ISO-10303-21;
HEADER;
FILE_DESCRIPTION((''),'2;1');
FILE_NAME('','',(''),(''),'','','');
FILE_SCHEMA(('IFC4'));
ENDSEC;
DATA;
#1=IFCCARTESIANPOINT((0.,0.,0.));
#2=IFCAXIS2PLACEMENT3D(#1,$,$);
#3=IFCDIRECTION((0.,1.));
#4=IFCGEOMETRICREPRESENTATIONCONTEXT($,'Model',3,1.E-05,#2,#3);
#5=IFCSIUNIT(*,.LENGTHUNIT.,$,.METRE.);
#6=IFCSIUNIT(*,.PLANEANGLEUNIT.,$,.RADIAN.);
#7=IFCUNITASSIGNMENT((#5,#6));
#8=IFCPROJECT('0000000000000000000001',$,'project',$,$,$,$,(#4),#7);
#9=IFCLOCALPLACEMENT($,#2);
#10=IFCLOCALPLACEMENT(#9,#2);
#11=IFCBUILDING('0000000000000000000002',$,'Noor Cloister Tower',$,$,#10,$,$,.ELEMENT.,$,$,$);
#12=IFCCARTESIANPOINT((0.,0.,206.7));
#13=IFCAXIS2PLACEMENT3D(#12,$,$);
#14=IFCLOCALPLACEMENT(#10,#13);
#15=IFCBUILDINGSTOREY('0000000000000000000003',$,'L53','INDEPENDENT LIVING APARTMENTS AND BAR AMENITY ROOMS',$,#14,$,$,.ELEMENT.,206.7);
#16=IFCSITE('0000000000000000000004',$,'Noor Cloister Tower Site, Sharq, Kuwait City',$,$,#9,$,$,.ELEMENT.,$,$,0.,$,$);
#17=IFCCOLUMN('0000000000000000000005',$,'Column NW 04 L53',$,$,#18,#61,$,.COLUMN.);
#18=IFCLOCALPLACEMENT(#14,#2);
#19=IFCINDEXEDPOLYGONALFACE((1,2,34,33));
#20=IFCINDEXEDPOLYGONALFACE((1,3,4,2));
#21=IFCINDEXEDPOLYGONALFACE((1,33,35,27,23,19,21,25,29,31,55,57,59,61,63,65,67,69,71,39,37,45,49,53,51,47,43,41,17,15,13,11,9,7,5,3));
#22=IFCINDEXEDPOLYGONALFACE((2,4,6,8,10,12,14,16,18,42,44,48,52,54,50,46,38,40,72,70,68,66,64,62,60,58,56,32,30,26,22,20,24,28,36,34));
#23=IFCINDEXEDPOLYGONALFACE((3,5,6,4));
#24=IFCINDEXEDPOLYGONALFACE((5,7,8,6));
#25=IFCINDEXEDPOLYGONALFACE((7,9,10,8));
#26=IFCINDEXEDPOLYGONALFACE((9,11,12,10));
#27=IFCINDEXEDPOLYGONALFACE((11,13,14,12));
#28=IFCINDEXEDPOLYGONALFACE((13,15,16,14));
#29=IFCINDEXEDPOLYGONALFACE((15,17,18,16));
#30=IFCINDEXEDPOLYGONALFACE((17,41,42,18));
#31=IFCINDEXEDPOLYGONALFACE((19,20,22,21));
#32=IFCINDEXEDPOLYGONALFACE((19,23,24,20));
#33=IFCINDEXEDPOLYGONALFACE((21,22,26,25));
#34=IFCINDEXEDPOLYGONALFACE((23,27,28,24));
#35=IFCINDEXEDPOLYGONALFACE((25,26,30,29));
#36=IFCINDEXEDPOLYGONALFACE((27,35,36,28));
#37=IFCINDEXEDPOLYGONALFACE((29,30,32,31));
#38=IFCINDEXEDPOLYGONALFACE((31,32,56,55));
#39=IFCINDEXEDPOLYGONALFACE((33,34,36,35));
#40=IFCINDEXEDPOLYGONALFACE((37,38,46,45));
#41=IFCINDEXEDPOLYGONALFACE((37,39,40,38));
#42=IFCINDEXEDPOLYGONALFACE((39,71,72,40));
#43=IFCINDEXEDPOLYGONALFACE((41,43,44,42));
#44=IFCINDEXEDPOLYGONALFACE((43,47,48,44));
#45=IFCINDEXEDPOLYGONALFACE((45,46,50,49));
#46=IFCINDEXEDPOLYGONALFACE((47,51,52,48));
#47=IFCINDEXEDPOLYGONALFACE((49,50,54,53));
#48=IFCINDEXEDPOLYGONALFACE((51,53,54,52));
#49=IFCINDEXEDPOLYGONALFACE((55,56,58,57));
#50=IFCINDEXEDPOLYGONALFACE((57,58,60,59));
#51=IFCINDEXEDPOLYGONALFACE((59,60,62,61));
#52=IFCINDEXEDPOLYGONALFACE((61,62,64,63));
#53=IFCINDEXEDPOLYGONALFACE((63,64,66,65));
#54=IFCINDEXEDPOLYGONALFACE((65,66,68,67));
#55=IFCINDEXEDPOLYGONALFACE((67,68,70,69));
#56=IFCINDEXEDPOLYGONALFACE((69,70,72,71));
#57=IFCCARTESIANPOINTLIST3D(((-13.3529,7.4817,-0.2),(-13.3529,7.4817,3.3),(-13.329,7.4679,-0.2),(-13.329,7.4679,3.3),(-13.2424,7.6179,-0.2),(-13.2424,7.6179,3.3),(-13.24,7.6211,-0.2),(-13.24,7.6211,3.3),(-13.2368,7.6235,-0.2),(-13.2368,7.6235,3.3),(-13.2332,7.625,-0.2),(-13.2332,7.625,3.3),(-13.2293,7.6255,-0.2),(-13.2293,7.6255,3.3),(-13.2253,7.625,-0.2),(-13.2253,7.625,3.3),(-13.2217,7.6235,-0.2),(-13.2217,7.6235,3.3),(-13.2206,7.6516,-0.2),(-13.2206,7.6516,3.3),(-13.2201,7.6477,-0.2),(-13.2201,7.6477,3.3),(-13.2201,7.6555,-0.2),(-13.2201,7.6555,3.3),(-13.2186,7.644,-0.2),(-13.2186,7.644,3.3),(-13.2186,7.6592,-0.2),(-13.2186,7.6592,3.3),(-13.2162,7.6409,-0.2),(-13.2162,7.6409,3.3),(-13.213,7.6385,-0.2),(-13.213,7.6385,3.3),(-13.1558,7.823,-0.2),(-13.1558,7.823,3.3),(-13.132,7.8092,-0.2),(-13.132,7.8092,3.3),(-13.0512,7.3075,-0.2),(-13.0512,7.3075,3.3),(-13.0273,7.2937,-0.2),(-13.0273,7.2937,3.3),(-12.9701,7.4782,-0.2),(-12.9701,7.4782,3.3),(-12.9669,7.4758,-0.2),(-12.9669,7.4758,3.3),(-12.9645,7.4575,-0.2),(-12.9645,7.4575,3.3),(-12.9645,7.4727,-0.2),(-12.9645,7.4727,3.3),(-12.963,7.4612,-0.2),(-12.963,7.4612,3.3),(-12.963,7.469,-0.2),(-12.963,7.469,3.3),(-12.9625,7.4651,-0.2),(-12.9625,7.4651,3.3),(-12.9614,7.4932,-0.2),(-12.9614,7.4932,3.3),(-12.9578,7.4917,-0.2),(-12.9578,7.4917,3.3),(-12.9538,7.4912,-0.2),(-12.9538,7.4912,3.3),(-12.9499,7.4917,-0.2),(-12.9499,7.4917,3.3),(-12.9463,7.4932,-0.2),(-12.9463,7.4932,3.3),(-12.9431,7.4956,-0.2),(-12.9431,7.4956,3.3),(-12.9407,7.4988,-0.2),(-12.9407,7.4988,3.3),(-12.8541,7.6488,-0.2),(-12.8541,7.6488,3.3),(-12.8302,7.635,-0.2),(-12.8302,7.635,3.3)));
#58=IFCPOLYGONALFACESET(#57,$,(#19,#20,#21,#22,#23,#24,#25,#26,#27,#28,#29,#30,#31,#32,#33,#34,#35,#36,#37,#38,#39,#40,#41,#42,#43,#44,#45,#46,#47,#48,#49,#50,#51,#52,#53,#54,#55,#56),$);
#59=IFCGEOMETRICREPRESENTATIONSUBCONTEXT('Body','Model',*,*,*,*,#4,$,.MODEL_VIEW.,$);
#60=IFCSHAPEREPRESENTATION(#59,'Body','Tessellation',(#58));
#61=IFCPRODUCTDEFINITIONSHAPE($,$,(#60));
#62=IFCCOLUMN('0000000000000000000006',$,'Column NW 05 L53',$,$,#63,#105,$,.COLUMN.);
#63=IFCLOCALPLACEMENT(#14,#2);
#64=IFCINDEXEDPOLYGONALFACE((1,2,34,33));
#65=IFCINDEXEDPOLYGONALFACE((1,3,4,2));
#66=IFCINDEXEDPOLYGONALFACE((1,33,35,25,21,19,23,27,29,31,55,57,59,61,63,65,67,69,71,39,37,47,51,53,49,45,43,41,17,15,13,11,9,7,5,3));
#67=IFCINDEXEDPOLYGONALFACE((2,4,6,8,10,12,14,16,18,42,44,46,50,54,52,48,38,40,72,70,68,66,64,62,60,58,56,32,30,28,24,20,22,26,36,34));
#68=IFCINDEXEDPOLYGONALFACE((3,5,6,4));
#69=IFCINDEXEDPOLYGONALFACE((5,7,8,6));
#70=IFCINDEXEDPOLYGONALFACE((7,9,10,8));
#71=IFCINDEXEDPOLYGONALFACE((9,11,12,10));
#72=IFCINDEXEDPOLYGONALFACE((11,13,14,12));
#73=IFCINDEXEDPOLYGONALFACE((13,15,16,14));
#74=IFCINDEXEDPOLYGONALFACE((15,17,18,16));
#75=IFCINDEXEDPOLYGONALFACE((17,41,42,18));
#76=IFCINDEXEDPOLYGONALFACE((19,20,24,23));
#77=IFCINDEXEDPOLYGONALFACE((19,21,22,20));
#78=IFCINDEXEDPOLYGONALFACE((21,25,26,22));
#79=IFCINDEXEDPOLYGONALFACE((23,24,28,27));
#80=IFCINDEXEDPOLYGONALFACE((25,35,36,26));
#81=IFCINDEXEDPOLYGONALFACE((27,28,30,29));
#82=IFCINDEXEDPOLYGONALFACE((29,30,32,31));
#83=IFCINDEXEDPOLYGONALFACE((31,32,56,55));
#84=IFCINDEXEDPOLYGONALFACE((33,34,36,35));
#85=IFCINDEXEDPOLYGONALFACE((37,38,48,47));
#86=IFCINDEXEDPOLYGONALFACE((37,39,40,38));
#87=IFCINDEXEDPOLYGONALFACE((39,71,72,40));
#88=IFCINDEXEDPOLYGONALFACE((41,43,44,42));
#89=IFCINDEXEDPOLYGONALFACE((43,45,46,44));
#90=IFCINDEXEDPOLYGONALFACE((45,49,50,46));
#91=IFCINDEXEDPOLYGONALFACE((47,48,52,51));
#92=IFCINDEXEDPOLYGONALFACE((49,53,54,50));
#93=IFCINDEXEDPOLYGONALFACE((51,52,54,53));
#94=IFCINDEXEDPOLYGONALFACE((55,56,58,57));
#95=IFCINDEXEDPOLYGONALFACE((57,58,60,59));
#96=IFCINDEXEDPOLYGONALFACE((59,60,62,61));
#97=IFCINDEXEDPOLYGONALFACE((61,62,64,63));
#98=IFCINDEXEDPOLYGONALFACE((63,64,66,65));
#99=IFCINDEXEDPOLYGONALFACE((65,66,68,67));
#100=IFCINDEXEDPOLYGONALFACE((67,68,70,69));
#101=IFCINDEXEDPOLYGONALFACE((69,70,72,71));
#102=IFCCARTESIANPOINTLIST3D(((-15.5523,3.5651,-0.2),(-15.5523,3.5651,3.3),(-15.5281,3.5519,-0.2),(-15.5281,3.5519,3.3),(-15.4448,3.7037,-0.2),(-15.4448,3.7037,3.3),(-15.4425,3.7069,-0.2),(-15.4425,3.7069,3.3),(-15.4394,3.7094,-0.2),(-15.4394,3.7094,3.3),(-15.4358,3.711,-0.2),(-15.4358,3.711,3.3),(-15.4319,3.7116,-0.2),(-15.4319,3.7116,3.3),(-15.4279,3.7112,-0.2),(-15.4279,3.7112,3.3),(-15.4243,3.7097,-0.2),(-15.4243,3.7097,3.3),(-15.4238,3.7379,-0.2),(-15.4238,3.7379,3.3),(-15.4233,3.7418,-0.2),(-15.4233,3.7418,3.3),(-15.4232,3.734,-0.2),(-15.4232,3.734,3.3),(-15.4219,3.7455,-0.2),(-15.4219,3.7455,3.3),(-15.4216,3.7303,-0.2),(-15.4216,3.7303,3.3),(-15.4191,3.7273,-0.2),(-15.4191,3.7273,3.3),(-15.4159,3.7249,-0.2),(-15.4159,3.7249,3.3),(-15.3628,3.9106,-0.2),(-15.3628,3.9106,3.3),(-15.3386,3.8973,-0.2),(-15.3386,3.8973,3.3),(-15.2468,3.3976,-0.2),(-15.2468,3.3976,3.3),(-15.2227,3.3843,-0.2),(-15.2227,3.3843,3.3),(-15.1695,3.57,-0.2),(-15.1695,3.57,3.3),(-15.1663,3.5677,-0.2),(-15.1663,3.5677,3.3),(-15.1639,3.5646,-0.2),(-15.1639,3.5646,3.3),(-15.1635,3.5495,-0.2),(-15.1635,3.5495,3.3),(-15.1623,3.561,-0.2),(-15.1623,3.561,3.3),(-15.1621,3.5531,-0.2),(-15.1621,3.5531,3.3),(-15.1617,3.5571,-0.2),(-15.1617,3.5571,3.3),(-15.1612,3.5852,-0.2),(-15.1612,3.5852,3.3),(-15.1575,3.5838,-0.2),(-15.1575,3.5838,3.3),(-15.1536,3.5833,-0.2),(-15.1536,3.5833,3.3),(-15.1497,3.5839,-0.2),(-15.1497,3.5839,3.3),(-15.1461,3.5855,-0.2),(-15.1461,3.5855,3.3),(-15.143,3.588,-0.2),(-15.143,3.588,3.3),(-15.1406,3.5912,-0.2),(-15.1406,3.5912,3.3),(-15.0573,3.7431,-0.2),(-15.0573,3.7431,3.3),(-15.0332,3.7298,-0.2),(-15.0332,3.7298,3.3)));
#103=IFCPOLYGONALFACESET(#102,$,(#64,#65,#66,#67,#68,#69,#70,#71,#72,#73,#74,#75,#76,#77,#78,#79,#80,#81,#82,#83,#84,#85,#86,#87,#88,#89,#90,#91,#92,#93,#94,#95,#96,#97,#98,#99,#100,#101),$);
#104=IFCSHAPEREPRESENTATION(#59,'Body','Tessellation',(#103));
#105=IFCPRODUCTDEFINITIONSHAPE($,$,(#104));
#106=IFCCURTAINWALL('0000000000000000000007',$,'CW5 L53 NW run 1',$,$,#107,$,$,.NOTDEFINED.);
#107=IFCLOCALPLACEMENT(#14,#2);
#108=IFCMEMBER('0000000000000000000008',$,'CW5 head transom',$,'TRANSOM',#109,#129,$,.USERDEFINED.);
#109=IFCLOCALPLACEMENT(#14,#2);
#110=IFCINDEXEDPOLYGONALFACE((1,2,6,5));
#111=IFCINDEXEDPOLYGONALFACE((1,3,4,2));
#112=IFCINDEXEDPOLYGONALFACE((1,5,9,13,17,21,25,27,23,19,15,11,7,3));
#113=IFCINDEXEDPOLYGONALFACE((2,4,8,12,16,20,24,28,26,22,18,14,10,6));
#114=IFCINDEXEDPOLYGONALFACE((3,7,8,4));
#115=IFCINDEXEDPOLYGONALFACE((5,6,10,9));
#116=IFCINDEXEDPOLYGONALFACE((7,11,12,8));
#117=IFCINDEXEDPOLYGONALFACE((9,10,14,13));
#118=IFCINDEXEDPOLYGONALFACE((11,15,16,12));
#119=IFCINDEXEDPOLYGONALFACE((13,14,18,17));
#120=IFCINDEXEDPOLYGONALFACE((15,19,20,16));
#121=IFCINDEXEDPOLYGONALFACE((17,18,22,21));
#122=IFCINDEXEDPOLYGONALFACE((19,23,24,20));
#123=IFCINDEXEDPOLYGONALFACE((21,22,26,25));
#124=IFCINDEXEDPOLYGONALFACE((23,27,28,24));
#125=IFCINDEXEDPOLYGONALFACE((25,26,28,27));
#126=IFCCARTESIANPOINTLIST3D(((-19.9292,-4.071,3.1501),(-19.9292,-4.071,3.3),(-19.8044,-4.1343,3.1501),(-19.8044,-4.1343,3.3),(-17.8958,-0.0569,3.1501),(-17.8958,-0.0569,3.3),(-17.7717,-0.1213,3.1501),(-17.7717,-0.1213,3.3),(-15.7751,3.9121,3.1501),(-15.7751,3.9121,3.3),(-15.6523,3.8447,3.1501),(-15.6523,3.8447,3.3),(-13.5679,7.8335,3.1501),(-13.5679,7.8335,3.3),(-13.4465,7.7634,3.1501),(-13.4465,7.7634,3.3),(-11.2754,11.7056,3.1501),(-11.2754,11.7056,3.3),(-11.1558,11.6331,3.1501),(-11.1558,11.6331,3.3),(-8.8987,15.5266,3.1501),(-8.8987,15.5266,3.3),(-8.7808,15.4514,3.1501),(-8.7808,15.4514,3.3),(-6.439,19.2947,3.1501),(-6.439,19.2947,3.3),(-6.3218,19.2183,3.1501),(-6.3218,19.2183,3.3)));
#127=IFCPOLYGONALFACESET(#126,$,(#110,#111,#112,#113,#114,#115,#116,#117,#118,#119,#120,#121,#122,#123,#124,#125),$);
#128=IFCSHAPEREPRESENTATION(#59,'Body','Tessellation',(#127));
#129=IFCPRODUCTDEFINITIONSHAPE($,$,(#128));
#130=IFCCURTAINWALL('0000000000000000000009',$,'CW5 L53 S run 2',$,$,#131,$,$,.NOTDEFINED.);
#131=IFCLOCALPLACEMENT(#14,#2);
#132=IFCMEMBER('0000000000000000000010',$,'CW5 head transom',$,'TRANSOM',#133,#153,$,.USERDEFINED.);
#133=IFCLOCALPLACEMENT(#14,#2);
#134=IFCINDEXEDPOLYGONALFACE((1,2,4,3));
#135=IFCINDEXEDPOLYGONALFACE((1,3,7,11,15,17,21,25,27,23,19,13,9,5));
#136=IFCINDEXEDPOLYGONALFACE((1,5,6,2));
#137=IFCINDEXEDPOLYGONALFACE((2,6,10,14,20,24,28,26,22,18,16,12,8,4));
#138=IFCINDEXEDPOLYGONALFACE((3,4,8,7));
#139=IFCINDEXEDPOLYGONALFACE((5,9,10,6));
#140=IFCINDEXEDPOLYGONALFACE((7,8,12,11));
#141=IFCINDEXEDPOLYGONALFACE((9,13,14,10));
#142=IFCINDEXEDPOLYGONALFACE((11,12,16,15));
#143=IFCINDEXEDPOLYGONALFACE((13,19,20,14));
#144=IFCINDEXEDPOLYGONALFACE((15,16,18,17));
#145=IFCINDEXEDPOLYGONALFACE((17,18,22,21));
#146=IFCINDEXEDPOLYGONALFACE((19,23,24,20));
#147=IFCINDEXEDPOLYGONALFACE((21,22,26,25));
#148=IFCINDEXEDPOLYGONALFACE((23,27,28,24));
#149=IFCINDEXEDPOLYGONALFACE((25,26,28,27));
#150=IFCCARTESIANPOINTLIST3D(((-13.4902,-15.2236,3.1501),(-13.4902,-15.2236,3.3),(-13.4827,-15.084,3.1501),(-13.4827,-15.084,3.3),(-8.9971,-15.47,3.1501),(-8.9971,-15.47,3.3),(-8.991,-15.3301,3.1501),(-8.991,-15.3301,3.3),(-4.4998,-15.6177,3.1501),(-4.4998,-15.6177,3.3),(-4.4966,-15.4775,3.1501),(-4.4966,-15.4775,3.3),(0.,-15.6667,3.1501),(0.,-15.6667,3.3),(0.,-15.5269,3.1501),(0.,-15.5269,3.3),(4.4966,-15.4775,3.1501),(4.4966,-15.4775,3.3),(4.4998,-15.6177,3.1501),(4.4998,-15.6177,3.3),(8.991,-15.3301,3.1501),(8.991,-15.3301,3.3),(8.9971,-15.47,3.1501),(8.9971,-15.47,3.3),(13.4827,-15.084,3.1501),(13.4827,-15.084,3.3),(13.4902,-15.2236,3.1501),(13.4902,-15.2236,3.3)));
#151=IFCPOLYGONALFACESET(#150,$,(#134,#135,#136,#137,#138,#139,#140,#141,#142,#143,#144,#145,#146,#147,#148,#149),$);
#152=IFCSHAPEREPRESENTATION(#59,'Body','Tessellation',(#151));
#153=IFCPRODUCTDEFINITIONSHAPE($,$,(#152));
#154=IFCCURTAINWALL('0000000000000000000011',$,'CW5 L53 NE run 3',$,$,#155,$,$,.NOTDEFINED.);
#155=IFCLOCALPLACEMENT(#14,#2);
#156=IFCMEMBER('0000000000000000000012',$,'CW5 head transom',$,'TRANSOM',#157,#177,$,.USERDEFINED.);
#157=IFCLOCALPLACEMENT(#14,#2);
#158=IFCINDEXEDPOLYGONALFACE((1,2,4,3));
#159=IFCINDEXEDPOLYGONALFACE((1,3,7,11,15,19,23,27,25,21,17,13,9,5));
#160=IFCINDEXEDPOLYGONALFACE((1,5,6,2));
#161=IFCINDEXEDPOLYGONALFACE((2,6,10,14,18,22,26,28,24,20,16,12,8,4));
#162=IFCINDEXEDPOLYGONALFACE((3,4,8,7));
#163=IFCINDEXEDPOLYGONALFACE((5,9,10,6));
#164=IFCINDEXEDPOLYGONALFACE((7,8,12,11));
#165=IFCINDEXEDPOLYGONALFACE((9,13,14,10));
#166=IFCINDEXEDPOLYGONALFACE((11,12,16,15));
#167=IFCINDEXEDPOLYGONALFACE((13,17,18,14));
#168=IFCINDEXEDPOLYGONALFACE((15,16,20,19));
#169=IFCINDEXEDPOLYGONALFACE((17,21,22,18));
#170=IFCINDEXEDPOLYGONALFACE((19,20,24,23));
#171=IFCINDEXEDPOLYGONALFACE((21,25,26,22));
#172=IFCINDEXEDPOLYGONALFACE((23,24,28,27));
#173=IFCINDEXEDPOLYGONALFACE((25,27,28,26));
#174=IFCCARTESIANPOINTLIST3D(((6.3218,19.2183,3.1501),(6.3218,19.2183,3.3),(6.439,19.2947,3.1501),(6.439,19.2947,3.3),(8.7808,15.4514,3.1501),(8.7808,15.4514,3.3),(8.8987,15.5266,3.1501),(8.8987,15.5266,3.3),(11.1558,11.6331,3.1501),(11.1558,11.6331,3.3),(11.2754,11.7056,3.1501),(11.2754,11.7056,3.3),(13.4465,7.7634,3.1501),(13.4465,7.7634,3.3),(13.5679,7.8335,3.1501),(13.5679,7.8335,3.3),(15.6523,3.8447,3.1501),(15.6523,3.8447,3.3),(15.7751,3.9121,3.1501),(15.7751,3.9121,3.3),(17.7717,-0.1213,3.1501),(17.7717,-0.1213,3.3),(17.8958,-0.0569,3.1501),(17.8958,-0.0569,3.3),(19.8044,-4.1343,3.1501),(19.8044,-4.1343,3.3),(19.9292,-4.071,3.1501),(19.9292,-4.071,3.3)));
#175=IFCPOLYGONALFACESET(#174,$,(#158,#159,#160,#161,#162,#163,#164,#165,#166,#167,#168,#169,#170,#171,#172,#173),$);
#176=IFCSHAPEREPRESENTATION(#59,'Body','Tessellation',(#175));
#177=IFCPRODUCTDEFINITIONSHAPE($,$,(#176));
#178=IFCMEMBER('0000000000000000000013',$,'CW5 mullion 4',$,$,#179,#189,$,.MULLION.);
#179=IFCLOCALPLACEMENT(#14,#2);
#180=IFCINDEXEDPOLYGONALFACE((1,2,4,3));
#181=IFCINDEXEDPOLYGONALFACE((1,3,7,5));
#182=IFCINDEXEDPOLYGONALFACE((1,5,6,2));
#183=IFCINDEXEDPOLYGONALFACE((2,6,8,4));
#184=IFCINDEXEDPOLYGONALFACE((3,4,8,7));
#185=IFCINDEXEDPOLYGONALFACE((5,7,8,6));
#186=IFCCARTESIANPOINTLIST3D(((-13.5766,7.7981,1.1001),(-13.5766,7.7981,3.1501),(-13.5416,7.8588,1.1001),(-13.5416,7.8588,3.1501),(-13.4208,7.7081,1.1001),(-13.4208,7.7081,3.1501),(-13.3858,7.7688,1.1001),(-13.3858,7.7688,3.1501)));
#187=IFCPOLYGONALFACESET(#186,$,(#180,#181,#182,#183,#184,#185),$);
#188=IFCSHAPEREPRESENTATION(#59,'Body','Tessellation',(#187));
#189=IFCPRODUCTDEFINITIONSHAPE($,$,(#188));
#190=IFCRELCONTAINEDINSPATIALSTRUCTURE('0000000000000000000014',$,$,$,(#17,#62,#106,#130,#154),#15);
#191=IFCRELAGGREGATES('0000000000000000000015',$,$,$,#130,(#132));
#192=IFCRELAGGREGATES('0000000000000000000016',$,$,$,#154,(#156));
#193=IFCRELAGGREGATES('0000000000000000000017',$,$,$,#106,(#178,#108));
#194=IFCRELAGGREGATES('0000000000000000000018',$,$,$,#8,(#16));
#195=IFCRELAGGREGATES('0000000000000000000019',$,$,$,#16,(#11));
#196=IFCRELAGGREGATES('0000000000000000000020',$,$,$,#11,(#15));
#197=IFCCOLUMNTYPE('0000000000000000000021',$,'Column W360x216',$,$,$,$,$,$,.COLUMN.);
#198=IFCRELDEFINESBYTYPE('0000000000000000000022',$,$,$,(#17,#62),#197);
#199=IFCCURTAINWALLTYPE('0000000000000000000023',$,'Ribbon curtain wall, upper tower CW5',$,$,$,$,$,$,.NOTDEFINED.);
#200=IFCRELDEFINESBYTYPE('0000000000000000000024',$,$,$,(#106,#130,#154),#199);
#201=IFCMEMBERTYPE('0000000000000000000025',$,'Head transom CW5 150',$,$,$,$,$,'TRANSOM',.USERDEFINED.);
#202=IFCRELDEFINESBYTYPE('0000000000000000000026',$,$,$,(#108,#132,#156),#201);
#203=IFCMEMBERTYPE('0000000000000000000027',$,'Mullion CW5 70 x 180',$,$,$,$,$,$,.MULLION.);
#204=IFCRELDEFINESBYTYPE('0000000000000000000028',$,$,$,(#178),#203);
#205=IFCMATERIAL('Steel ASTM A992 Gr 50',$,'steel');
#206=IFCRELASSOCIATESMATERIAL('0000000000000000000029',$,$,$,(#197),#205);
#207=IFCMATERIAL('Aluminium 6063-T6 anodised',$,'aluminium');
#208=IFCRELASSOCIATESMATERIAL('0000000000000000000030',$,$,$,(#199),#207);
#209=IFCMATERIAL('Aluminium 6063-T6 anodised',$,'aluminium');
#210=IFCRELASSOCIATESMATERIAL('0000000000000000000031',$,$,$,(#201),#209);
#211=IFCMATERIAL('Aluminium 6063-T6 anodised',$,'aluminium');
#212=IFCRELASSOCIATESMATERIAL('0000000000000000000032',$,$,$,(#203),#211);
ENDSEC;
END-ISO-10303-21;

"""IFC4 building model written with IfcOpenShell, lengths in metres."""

from ifc_helpers import new_model, si_unit, direction, frame, origin, origin_2d, place, context, subcontext, project, spatial, polyline, rectangle, i_section, outline, extrude, material, material_profile, profile_set, type_object, element, aggregate, save


model = new_model("IFC4")

# Units and contexts
model_context = context("Model", 3, precision=1e-05, world=origin(), true_north=direction((0.0, 1.0)))
body_context = subcontext(model_context, "Body", "Model", "MODEL_VIEW")
ifc_project = project(units=[si_unit("LENGTHUNIT", "METRE"), si_unit("PLANEANGLEUNIT", "RADIAN")], contexts=[model_context])

# Site, building, storey
site_placement = place(None, origin())
site = spatial("IfcSite", under=ifc_project, at=site_placement, Name="Noor Cloister Tower Site, Sharq, Kuwait City", CompositionType="ELEMENT", RefElevation=0.0)
building_placement = place(site_placement, origin())
building = spatial("IfcBuilding", under=site, at=building_placement, Name="Noor Cloister Tower", CompositionType="ELEMENT")
storey_placement = place(building_placement, frame((0.0, 0.0, 206.7)))
storey = spatial("IfcBuildingStorey", under=building, at=storey_placement, Name="L53", Description="INDEPENDENT LIVING APARTMENTS AND BAR AMENITY ROOMS", CompositionType="ELEMENT", Elevation=206.7)

# Columns
ifc_material_1 = material(Name="Steel ASTM A992 Gr 50", Category="steel")
ifc_material_profile_1 = material_profile(ifc_material_1, i_section(OverallWidth=0.394, OverallDepth=0.376, WebThickness=0.0173, FlangeThickness=0.0276, FilletRadius=0.0151, at=origin_2d()), Name="W360x216")
ifc_profile_set_1 = profile_set([ifc_material_profile_1], Name="Steel ASTM A992 Gr 50")
column_type = type_object("IfcColumnType", Name="Column W360x216", PredefinedType="COLUMN", material=ifc_profile_set_1)
for number, where, z_axis, x_axis, name in (
    (1, (-13.0916, 7.5583, -0.2), (0.0, 0.0, 1.0), (-0.5, -0.866025, 0.0), "Column NW 04 L53"),
    (2, (-15.2927, 3.6475, -0.2), (0.0, 0.0, 1.0), (-0.480923, -0.876763, 0.0), "Column NW 05 L53"),
):
    element("IfcColumn", number, at=place(storey_placement, frame(where, z_axis=z_axis, x_axis=x_axis)), inside=storey, type_object=column_type, Name=name, PredefinedType="COLUMN", context=body_context, shape_type="SweptSolid", body=[
        extrude(i_section(OverallWidth=0.394, OverallDepth=0.376, WebThickness=0.0173, FlangeThickness=0.0276, FilletRadius=0.0151, at=origin_2d()), origin(), (0.0, 0.0, 1.0), 3.5),
    ])

# Curtain walls, members
ifc_material_2 = material(Name="Aluminium 6063-T6 anodised", Category="aluminium")
curtain_wall_type = type_object("IfcCurtainWallType", Name="Ribbon curtain wall, upper tower CW5", PredefinedType="NOTDEFINED", material=ifc_material_2)
curtain_wall_1_placement = place(storey_placement, origin())
curtain_wall_1 = element("IfcCurtainWall", 3, at=curtain_wall_1_placement, inside=storey, type_object=curtain_wall_type, Name="CW5 L53 NW run 1", PredefinedType="NOTDEFINED")
ifc_material_3 = material(Name="Aluminium 6063-T6 anodised", Category="aluminium")
member_type_1 = type_object("IfcMemberType", Name="Head transom CW5 150", ElementType="TRANSOM", PredefinedType="USERDEFINED", material=ifc_material_3)
member_1_placement = place(storey_placement, frame((0.0, 0.0, 3.1501)))
member_1 = element("IfcMember", 4, at=member_1_placement, type_object=member_type_1, Name="CW5 head transom", ObjectType="TRANSOM", PredefinedType="USERDEFINED", context=body_context, shape_type="SweptSolid", body=[
    extrude(outline(polyline([(-6.439, 19.2947), (-8.8987, 15.5266), (-11.2754, 11.7056), (-13.5679, 7.8335), (-15.7751, 3.9121), (-17.8958, -0.0569), (-19.9292, -4.071), (-19.8044, -4.1343), (-17.7717, -0.1213), (-15.6523, 3.8447), (-13.4465, 7.7634), (-11.1558, 11.6331), (-8.7808, 15.4514), (-6.3218, 19.2183), (-6.439, 19.2947)])), origin(), (0.0, 0.0, 1.0), 0.1499),
])
curtain_wall_2_placement = place(storey_placement, origin())
curtain_wall_2 = element("IfcCurtainWall", 5, at=curtain_wall_2_placement, inside=storey, type_object=curtain_wall_type, Name="CW5 L53 S run 2", PredefinedType="NOTDEFINED")
member_2_placement = place(storey_placement, frame((0.0, 0.0, 3.1501)))
member_2 = element("IfcMember", 6, at=member_2_placement, type_object=member_type_1, Name="CW5 head transom", ObjectType="TRANSOM", PredefinedType="USERDEFINED", context=body_context, shape_type="SweptSolid", body=[
    extrude(outline(polyline([(-13.4902, -15.2236), (-8.9971, -15.47), (-4.4998, -15.6177), (0.0, -15.6667), (4.4998, -15.6177), (8.9971, -15.47), (13.4902, -15.2236), (13.4827, -15.084), (8.991, -15.3301), (4.4966, -15.4775), (0.0, -15.5269), (-4.4966, -15.4775), (-8.991, -15.3301), (-13.4827, -15.084), (-13.4902, -15.2236)])), origin(), (0.0, 0.0, 1.0), 0.1499),
])
curtain_wall_3_placement = place(storey_placement, origin())
curtain_wall_3 = element("IfcCurtainWall", 7, at=curtain_wall_3_placement, inside=storey, type_object=curtain_wall_type, Name="CW5 L53 NE run 3", PredefinedType="NOTDEFINED")
member_3_placement = place(storey_placement, frame((0.0, 0.0, 3.1501)))
member_3 = element("IfcMember", 8, at=member_3_placement, type_object=member_type_1, Name="CW5 head transom", ObjectType="TRANSOM", PredefinedType="USERDEFINED", context=body_context, shape_type="SweptSolid", body=[
    extrude(outline(polyline([(19.9292, -4.071), (17.8958, -0.0569), (15.7751, 3.9121), (13.5679, 7.8335), (11.2754, 11.7056), (8.8987, 15.5266), (6.439, 19.2947), (6.3218, 19.2183), (8.7808, 15.4514), (11.1558, 11.6331), (13.4465, 7.7634), (15.6523, 3.8447), (17.7717, -0.1213), (19.8044, -4.1343), (19.9292, -4.071)])), origin(), (0.0, 0.0, 1.0), 0.1499),
])

# Member
ifc_material_4 = material(Name="Aluminium 6063-T6 anodised", Category="aluminium")
ifc_material_profile_2 = material_profile(ifc_material_4, rectangle(XDim=0.1799, YDim=0.0701, at=origin_2d()), Name="180 x 70 mullion")
ifc_profile_set_2 = profile_set([ifc_material_profile_2], Name="Aluminium 6063-T6 anodised")
member_type_2 = type_object("IfcMemberType", Name="Mullion CW5 70 x 180", PredefinedType="MULLION", material=ifc_profile_set_2)
member_4_placement = place(storey_placement, frame((-13.4812, 7.7834, 1.1001), z_axis=(0.0, 0.0, 1.0), x_axis=(0.866025, -0.5, 0.0)))
member_4 = element("IfcMember", 9, at=member_4_placement, type_object=member_type_2, Name="CW5 mullion 4", PredefinedType="MULLION", context=body_context, shape_type="SweptSolid", body=[
    extrude(rectangle(XDim=0.1799, YDim=0.0701, at=origin_2d()), origin(), (0.0, 0.0, 1.0), 2.05),
])

aggregate(curtain_wall_2, [member_2])
aggregate(curtain_wall_3, [member_3])

aggregate(curtain_wall_1, [member_4, member_1])

save(model, "model.ifc")
